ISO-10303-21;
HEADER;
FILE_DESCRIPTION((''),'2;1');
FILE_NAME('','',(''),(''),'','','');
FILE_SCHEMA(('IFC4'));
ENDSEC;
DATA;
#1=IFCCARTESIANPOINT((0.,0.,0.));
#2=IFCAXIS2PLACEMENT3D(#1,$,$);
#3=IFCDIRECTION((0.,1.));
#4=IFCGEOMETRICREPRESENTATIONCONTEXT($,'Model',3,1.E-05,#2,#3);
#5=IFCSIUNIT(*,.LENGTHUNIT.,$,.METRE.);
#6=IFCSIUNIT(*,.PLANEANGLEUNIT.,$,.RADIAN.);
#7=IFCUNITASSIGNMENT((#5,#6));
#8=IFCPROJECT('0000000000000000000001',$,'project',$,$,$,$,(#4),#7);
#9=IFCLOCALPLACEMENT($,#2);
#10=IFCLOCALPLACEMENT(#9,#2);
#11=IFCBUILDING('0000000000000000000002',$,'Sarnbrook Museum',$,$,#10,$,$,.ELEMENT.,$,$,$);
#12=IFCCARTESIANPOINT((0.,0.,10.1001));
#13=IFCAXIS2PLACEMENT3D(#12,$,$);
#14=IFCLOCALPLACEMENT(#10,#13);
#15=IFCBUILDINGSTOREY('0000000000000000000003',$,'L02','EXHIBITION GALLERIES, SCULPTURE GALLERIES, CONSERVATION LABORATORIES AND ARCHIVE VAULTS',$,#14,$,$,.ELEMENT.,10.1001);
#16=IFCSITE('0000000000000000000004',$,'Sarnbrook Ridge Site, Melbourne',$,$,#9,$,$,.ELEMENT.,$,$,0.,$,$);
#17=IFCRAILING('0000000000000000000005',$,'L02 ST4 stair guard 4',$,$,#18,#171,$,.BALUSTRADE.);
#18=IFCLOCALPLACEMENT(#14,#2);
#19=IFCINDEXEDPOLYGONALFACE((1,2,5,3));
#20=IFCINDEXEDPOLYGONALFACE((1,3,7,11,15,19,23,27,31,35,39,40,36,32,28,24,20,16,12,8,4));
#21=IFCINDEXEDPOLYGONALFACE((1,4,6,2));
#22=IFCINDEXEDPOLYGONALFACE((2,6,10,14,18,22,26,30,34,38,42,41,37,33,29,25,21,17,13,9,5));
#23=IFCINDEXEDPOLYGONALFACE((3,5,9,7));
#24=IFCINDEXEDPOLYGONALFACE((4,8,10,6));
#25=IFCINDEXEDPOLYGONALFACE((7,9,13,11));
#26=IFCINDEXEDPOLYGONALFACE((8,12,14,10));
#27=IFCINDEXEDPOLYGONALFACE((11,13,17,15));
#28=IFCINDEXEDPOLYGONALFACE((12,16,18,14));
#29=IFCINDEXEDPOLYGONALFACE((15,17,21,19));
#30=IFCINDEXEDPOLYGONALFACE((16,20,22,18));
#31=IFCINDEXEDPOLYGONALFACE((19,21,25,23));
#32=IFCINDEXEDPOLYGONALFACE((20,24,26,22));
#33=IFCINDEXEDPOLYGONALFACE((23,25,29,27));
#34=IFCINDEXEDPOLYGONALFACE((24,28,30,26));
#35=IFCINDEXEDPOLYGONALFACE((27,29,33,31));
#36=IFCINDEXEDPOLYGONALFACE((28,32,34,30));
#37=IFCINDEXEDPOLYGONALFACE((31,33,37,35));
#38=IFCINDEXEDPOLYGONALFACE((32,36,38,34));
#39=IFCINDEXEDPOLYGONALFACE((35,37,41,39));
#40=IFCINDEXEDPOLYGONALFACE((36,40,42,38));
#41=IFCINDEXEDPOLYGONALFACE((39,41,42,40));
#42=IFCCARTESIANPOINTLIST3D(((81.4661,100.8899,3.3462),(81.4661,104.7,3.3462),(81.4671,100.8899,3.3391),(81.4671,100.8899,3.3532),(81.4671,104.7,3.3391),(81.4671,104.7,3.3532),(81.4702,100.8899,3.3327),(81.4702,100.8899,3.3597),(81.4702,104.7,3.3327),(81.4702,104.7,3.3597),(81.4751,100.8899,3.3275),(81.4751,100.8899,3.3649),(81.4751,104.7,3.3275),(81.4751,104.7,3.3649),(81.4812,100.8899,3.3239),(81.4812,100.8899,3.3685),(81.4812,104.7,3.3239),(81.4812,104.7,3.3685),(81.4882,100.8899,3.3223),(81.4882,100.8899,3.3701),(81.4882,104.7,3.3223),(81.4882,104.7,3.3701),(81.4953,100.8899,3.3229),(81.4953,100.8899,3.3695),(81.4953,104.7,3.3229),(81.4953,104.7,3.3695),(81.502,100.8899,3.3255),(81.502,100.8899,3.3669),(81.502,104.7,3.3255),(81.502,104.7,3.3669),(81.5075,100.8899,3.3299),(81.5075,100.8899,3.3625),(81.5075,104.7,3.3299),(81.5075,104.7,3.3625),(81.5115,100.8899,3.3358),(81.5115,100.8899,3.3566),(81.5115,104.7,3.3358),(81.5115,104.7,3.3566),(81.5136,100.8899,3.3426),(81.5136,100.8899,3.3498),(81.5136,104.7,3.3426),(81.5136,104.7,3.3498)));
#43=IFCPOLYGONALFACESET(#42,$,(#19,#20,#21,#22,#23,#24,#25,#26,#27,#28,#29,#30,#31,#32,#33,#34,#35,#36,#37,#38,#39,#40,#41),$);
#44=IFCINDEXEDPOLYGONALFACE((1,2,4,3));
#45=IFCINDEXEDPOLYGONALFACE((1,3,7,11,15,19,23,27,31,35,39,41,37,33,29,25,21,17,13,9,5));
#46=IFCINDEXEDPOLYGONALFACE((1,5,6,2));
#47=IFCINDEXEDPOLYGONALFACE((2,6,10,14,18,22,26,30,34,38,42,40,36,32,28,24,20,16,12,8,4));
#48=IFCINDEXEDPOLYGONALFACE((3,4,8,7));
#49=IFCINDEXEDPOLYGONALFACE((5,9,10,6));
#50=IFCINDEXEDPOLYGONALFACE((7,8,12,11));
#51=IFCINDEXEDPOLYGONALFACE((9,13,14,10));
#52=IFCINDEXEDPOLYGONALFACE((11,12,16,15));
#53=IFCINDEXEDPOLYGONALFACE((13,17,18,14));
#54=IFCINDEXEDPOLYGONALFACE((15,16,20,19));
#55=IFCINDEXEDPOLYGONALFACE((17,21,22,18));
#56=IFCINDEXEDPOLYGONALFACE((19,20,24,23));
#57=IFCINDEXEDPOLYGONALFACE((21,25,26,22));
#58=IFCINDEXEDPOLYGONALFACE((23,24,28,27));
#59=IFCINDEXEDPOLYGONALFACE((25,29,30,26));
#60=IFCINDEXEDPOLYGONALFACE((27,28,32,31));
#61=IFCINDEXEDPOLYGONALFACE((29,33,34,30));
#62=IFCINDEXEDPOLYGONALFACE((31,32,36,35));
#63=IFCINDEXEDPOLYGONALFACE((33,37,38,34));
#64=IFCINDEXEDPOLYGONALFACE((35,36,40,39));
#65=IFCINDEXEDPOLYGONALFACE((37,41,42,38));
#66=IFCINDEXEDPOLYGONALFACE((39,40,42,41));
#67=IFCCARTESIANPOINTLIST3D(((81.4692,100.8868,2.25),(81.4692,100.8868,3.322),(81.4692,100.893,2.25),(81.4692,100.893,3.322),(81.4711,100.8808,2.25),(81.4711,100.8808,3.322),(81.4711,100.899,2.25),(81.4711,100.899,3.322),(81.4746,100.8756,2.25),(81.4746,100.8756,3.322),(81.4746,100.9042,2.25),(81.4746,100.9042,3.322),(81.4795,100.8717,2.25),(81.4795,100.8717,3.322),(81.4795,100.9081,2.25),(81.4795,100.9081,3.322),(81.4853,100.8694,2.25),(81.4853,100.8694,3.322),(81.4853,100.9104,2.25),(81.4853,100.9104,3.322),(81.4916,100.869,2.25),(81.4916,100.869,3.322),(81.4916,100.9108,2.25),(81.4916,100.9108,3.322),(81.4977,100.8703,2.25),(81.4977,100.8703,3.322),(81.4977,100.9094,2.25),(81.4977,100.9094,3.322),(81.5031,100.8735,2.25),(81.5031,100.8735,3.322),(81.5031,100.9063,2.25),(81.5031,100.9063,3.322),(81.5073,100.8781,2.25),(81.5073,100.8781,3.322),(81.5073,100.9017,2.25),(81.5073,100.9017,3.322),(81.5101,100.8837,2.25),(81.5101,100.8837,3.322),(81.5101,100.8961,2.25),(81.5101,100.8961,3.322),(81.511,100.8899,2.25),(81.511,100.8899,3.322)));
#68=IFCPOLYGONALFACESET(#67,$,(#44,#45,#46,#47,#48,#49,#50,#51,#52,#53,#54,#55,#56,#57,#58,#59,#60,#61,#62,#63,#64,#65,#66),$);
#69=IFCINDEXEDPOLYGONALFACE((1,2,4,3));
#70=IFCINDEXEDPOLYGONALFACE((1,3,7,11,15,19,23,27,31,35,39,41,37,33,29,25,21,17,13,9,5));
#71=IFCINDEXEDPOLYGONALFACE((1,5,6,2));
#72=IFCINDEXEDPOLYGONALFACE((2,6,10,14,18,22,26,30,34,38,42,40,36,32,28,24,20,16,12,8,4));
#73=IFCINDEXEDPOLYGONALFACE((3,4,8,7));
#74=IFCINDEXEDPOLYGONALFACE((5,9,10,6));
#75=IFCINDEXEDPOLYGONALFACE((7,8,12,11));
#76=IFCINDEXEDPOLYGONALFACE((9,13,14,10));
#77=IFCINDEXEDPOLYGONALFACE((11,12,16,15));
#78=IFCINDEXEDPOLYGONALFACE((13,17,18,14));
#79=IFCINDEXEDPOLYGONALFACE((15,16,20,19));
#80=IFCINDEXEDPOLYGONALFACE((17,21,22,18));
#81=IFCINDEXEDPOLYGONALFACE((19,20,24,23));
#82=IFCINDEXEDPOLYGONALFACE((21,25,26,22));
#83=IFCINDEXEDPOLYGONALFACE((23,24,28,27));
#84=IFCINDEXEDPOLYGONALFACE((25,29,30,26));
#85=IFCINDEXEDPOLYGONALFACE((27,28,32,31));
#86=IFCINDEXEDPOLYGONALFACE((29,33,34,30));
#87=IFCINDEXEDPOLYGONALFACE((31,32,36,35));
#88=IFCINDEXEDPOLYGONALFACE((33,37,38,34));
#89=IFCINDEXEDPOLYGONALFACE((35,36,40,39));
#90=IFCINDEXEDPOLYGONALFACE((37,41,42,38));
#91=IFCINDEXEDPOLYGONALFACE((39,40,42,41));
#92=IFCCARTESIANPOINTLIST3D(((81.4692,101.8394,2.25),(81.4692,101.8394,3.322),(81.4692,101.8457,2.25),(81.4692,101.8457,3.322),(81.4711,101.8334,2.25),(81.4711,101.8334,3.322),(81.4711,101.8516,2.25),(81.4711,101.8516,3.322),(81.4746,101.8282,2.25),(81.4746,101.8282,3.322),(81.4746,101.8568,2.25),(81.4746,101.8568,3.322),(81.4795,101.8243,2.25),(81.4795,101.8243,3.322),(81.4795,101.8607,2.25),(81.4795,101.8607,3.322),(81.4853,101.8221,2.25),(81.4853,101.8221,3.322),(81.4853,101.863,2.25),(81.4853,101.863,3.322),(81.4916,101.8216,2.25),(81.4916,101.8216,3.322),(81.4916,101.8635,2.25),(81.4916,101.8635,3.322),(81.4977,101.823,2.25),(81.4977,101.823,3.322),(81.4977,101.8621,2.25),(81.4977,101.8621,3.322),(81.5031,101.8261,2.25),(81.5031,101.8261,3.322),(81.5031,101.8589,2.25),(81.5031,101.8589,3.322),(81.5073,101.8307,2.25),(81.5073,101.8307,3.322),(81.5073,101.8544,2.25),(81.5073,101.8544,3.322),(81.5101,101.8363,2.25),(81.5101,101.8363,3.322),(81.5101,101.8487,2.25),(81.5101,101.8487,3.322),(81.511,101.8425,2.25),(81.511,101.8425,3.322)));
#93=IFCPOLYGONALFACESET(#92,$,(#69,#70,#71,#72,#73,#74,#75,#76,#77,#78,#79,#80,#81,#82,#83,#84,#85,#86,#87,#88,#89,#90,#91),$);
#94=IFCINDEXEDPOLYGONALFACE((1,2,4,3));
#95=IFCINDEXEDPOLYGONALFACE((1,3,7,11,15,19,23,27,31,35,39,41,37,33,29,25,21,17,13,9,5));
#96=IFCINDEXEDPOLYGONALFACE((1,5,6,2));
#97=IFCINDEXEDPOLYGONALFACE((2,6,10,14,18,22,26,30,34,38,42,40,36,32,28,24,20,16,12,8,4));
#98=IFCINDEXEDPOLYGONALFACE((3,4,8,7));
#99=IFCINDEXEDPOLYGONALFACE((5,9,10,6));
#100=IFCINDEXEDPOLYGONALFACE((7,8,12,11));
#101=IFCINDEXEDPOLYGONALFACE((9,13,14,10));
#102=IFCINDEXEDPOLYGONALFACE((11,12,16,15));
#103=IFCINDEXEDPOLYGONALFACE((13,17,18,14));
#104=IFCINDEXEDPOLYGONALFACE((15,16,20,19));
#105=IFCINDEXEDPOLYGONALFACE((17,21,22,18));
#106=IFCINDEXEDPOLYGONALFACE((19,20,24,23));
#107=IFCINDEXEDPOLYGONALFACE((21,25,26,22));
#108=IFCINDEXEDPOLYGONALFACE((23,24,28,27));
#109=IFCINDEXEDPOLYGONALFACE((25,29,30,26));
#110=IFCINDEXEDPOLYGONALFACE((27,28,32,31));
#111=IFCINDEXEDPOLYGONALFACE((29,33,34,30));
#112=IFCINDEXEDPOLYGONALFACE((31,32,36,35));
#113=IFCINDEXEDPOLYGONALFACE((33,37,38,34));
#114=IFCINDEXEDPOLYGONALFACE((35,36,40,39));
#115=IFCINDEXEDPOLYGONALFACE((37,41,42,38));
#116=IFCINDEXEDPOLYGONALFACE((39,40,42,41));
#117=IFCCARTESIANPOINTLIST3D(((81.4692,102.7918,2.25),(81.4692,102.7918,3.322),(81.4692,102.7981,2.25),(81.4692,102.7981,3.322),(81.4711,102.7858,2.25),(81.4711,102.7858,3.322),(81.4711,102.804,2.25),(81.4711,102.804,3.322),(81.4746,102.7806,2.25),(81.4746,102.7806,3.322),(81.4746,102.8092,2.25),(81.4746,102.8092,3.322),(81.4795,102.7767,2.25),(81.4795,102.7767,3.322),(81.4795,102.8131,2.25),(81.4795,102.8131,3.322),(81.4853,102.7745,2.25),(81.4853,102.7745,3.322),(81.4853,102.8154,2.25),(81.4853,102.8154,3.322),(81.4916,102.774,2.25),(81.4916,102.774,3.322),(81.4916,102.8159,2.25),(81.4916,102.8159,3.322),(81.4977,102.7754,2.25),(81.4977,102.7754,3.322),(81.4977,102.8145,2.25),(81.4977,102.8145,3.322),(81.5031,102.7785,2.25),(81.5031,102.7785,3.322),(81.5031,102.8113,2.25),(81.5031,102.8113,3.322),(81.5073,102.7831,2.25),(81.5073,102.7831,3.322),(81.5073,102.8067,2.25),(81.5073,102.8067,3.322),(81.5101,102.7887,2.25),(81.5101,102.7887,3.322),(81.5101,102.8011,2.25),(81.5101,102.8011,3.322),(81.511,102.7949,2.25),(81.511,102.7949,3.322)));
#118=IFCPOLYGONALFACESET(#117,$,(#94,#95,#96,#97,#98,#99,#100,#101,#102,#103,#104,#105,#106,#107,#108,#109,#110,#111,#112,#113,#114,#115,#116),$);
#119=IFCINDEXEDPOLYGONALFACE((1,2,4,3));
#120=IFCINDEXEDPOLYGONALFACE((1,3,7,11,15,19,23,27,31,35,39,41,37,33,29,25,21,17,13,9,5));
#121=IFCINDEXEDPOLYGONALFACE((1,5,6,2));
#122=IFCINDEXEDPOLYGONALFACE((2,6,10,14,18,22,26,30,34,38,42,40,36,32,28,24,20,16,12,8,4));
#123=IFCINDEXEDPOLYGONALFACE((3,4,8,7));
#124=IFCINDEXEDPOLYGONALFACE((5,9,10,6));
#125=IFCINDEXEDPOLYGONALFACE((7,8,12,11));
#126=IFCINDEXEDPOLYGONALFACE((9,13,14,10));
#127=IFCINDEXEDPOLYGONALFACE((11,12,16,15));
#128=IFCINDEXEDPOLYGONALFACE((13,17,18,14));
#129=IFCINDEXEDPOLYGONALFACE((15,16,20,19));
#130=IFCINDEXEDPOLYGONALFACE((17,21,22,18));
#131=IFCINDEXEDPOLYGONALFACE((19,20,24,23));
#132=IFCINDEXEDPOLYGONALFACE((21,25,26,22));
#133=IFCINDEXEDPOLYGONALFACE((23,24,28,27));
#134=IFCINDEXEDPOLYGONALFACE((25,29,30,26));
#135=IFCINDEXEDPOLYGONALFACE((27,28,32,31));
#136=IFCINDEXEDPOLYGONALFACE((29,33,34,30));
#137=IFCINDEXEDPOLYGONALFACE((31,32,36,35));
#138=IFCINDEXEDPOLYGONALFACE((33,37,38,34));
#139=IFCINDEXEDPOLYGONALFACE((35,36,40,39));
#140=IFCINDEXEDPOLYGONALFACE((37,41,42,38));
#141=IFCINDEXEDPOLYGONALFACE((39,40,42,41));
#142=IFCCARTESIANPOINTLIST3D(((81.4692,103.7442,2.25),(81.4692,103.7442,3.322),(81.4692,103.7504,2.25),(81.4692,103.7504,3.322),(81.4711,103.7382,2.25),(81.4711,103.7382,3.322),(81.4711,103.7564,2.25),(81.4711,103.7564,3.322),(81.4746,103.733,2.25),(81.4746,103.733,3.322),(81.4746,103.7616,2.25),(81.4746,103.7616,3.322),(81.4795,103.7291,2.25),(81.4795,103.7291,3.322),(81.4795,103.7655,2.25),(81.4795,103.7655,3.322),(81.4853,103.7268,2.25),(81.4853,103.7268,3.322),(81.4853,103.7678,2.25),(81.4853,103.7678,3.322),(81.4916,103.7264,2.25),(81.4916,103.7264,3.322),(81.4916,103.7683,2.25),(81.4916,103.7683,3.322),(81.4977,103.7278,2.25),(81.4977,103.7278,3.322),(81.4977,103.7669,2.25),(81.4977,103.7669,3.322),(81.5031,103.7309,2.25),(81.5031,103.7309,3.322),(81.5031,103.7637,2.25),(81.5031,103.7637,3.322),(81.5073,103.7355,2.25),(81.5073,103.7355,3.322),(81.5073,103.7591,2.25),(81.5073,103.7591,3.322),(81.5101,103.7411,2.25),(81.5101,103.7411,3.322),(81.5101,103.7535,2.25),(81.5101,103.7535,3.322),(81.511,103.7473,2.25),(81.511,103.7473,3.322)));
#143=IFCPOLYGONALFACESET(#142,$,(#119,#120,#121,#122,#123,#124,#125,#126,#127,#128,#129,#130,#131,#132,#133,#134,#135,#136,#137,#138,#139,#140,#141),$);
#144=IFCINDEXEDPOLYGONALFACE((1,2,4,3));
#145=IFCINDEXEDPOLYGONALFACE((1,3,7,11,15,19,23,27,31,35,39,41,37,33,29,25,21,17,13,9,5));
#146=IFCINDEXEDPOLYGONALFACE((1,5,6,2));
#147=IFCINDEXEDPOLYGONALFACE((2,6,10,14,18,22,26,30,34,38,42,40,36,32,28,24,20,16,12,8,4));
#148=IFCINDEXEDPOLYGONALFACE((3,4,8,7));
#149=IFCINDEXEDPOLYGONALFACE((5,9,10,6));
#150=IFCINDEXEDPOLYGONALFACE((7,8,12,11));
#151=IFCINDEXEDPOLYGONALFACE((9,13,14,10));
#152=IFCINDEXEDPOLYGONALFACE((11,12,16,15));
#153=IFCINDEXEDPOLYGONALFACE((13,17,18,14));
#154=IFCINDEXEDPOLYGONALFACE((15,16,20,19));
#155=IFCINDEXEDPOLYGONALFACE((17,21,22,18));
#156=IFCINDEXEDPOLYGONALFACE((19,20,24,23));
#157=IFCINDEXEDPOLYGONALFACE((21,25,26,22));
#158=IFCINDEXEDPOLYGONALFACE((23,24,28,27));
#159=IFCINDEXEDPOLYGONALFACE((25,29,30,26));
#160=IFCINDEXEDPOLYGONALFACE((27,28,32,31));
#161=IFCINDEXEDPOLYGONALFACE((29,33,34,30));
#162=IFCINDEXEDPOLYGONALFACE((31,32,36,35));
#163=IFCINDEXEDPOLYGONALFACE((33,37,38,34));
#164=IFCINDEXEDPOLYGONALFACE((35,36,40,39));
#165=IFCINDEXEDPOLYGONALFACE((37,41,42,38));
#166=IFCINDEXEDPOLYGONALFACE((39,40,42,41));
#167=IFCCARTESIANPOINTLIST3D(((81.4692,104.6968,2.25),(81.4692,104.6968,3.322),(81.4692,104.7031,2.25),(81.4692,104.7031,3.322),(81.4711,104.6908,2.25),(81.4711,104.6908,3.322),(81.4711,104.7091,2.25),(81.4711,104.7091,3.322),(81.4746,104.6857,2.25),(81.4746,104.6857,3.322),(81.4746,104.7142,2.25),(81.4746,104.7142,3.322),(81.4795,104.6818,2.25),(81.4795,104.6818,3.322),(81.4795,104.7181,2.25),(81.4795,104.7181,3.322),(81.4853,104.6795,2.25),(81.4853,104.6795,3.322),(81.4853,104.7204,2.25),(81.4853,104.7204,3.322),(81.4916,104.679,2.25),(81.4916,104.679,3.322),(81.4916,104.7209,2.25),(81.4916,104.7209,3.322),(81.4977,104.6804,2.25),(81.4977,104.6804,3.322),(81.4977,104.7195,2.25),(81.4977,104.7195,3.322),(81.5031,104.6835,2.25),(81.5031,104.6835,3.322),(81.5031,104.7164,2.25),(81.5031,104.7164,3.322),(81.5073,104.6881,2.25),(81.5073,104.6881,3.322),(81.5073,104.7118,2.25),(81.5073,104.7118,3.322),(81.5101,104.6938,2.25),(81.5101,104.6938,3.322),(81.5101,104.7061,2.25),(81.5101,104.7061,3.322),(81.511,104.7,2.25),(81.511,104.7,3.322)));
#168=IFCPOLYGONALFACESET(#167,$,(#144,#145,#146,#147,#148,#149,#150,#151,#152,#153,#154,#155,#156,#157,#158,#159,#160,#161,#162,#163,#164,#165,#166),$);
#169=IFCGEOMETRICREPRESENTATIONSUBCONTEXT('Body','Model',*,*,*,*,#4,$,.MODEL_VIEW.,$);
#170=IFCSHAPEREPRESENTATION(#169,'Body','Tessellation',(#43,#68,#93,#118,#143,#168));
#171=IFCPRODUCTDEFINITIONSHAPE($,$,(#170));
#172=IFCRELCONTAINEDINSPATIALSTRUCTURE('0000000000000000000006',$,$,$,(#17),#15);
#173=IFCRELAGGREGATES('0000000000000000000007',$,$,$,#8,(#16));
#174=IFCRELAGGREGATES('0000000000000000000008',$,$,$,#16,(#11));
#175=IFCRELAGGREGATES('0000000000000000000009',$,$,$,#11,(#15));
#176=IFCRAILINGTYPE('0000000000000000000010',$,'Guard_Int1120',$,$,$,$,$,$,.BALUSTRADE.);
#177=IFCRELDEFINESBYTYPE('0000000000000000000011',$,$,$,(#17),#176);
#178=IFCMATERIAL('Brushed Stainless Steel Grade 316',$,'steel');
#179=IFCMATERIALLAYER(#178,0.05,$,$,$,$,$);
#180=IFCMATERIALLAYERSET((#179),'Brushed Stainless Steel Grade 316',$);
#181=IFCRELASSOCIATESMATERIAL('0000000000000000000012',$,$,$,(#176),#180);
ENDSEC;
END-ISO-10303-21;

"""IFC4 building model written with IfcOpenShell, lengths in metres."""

from ifc_helpers import new_model, si_unit, direction, frame, origin, origin_2d, place, context, subcontext, project, spatial, circle, extrude, material, layer, layer_set, type_object, element, save


model = new_model("IFC4")

# Units and contexts
model_context = context("Model", 3, precision=1e-05, world=origin(), true_north=direction((0.0, 1.0)))
body_context = subcontext(model_context, "Body", "Model", "MODEL_VIEW")
ifc_project = project(units=[si_unit("LENGTHUNIT", "METRE"), si_unit("PLANEANGLEUNIT", "RADIAN")], contexts=[model_context])

# Site, building, storey
site_placement = place(None, origin())
site = spatial("IfcSite", under=ifc_project, at=site_placement, Name="Sarnbrook Ridge Site, Melbourne", CompositionType="ELEMENT", RefElevation=0.0)
building_placement = place(site_placement, origin())
building = spatial("IfcBuilding", under=site, at=building_placement, Name="Sarnbrook Museum", CompositionType="ELEMENT")
storey_placement = place(building_placement, frame((0.0, 0.0, 10.1001)))
storey = spatial("IfcBuildingStorey", under=building, at=storey_placement, Name="L02", Description="EXHIBITION GALLERIES, SCULPTURE GALLERIES, CONSERVATION LABORATORIES AND ARCHIVE VAULTS", CompositionType="ELEMENT", Elevation=10.1001)

# Shared definitions
ifc_material_1 = material(Name="Brushed Stainless Steel Grade 316", Category="steel")

# Railing
ifc_layer_1 = layer(ifc_material_1, 0.05)
ifc_layer_set_1 = layer_set([ifc_layer_1], Name="Brushed Stainless Steel Grade 316")
railing_type_1 = type_object("IfcRailingType", Name="Guard_Int1120", PredefinedType="BALUSTRADE", material=ifc_layer_set_1)
for number, where, name in (
    (1, (81.49, 100.8899, 2.25), "L02 ST4 stair guard 4"),
):
    element("IfcRailing", number, at=place(storey_placement, frame(where)), inside=storey, type_object=railing_type_1, Name=name, PredefinedType="BALUSTRADE", context=body_context, shape_type="SweptSolid", body=[
        extrude(circle(Radius=0.0239, at=origin_2d()), frame((0.0, 0.0, 1.0962), z_axis=(0.0, 1.0, 0.0), x_axis=(-1.0, 0.0, 0.0)), (0.0, 0.0, 1.0), 3.8101),
        extrude(circle(Radius=0.021, at=origin_2d()), origin(), (0.0, 0.0, 1.0), 1.072),
        extrude(circle(Radius=0.021, at=origin_2d()), frame((0.0, 0.9526, 0.0)), (0.0, 0.0, 1.0), 1.072),
        extrude(circle(Radius=0.021, at=origin_2d()), frame((0.0, 1.905, 0.0)), (0.0, 0.0, 1.0), 1.072),
        extrude(circle(Radius=0.021, at=origin_2d()), frame((0.0, 2.8574, 0.0)), (0.0, 0.0, 1.0), 1.072),
        extrude(circle(Radius=0.021, at=origin_2d()), frame((0.0, 3.8101, 0.0)), (0.0, 0.0, 1.0), 1.072),
    ])

save(model, "model.ifc")
